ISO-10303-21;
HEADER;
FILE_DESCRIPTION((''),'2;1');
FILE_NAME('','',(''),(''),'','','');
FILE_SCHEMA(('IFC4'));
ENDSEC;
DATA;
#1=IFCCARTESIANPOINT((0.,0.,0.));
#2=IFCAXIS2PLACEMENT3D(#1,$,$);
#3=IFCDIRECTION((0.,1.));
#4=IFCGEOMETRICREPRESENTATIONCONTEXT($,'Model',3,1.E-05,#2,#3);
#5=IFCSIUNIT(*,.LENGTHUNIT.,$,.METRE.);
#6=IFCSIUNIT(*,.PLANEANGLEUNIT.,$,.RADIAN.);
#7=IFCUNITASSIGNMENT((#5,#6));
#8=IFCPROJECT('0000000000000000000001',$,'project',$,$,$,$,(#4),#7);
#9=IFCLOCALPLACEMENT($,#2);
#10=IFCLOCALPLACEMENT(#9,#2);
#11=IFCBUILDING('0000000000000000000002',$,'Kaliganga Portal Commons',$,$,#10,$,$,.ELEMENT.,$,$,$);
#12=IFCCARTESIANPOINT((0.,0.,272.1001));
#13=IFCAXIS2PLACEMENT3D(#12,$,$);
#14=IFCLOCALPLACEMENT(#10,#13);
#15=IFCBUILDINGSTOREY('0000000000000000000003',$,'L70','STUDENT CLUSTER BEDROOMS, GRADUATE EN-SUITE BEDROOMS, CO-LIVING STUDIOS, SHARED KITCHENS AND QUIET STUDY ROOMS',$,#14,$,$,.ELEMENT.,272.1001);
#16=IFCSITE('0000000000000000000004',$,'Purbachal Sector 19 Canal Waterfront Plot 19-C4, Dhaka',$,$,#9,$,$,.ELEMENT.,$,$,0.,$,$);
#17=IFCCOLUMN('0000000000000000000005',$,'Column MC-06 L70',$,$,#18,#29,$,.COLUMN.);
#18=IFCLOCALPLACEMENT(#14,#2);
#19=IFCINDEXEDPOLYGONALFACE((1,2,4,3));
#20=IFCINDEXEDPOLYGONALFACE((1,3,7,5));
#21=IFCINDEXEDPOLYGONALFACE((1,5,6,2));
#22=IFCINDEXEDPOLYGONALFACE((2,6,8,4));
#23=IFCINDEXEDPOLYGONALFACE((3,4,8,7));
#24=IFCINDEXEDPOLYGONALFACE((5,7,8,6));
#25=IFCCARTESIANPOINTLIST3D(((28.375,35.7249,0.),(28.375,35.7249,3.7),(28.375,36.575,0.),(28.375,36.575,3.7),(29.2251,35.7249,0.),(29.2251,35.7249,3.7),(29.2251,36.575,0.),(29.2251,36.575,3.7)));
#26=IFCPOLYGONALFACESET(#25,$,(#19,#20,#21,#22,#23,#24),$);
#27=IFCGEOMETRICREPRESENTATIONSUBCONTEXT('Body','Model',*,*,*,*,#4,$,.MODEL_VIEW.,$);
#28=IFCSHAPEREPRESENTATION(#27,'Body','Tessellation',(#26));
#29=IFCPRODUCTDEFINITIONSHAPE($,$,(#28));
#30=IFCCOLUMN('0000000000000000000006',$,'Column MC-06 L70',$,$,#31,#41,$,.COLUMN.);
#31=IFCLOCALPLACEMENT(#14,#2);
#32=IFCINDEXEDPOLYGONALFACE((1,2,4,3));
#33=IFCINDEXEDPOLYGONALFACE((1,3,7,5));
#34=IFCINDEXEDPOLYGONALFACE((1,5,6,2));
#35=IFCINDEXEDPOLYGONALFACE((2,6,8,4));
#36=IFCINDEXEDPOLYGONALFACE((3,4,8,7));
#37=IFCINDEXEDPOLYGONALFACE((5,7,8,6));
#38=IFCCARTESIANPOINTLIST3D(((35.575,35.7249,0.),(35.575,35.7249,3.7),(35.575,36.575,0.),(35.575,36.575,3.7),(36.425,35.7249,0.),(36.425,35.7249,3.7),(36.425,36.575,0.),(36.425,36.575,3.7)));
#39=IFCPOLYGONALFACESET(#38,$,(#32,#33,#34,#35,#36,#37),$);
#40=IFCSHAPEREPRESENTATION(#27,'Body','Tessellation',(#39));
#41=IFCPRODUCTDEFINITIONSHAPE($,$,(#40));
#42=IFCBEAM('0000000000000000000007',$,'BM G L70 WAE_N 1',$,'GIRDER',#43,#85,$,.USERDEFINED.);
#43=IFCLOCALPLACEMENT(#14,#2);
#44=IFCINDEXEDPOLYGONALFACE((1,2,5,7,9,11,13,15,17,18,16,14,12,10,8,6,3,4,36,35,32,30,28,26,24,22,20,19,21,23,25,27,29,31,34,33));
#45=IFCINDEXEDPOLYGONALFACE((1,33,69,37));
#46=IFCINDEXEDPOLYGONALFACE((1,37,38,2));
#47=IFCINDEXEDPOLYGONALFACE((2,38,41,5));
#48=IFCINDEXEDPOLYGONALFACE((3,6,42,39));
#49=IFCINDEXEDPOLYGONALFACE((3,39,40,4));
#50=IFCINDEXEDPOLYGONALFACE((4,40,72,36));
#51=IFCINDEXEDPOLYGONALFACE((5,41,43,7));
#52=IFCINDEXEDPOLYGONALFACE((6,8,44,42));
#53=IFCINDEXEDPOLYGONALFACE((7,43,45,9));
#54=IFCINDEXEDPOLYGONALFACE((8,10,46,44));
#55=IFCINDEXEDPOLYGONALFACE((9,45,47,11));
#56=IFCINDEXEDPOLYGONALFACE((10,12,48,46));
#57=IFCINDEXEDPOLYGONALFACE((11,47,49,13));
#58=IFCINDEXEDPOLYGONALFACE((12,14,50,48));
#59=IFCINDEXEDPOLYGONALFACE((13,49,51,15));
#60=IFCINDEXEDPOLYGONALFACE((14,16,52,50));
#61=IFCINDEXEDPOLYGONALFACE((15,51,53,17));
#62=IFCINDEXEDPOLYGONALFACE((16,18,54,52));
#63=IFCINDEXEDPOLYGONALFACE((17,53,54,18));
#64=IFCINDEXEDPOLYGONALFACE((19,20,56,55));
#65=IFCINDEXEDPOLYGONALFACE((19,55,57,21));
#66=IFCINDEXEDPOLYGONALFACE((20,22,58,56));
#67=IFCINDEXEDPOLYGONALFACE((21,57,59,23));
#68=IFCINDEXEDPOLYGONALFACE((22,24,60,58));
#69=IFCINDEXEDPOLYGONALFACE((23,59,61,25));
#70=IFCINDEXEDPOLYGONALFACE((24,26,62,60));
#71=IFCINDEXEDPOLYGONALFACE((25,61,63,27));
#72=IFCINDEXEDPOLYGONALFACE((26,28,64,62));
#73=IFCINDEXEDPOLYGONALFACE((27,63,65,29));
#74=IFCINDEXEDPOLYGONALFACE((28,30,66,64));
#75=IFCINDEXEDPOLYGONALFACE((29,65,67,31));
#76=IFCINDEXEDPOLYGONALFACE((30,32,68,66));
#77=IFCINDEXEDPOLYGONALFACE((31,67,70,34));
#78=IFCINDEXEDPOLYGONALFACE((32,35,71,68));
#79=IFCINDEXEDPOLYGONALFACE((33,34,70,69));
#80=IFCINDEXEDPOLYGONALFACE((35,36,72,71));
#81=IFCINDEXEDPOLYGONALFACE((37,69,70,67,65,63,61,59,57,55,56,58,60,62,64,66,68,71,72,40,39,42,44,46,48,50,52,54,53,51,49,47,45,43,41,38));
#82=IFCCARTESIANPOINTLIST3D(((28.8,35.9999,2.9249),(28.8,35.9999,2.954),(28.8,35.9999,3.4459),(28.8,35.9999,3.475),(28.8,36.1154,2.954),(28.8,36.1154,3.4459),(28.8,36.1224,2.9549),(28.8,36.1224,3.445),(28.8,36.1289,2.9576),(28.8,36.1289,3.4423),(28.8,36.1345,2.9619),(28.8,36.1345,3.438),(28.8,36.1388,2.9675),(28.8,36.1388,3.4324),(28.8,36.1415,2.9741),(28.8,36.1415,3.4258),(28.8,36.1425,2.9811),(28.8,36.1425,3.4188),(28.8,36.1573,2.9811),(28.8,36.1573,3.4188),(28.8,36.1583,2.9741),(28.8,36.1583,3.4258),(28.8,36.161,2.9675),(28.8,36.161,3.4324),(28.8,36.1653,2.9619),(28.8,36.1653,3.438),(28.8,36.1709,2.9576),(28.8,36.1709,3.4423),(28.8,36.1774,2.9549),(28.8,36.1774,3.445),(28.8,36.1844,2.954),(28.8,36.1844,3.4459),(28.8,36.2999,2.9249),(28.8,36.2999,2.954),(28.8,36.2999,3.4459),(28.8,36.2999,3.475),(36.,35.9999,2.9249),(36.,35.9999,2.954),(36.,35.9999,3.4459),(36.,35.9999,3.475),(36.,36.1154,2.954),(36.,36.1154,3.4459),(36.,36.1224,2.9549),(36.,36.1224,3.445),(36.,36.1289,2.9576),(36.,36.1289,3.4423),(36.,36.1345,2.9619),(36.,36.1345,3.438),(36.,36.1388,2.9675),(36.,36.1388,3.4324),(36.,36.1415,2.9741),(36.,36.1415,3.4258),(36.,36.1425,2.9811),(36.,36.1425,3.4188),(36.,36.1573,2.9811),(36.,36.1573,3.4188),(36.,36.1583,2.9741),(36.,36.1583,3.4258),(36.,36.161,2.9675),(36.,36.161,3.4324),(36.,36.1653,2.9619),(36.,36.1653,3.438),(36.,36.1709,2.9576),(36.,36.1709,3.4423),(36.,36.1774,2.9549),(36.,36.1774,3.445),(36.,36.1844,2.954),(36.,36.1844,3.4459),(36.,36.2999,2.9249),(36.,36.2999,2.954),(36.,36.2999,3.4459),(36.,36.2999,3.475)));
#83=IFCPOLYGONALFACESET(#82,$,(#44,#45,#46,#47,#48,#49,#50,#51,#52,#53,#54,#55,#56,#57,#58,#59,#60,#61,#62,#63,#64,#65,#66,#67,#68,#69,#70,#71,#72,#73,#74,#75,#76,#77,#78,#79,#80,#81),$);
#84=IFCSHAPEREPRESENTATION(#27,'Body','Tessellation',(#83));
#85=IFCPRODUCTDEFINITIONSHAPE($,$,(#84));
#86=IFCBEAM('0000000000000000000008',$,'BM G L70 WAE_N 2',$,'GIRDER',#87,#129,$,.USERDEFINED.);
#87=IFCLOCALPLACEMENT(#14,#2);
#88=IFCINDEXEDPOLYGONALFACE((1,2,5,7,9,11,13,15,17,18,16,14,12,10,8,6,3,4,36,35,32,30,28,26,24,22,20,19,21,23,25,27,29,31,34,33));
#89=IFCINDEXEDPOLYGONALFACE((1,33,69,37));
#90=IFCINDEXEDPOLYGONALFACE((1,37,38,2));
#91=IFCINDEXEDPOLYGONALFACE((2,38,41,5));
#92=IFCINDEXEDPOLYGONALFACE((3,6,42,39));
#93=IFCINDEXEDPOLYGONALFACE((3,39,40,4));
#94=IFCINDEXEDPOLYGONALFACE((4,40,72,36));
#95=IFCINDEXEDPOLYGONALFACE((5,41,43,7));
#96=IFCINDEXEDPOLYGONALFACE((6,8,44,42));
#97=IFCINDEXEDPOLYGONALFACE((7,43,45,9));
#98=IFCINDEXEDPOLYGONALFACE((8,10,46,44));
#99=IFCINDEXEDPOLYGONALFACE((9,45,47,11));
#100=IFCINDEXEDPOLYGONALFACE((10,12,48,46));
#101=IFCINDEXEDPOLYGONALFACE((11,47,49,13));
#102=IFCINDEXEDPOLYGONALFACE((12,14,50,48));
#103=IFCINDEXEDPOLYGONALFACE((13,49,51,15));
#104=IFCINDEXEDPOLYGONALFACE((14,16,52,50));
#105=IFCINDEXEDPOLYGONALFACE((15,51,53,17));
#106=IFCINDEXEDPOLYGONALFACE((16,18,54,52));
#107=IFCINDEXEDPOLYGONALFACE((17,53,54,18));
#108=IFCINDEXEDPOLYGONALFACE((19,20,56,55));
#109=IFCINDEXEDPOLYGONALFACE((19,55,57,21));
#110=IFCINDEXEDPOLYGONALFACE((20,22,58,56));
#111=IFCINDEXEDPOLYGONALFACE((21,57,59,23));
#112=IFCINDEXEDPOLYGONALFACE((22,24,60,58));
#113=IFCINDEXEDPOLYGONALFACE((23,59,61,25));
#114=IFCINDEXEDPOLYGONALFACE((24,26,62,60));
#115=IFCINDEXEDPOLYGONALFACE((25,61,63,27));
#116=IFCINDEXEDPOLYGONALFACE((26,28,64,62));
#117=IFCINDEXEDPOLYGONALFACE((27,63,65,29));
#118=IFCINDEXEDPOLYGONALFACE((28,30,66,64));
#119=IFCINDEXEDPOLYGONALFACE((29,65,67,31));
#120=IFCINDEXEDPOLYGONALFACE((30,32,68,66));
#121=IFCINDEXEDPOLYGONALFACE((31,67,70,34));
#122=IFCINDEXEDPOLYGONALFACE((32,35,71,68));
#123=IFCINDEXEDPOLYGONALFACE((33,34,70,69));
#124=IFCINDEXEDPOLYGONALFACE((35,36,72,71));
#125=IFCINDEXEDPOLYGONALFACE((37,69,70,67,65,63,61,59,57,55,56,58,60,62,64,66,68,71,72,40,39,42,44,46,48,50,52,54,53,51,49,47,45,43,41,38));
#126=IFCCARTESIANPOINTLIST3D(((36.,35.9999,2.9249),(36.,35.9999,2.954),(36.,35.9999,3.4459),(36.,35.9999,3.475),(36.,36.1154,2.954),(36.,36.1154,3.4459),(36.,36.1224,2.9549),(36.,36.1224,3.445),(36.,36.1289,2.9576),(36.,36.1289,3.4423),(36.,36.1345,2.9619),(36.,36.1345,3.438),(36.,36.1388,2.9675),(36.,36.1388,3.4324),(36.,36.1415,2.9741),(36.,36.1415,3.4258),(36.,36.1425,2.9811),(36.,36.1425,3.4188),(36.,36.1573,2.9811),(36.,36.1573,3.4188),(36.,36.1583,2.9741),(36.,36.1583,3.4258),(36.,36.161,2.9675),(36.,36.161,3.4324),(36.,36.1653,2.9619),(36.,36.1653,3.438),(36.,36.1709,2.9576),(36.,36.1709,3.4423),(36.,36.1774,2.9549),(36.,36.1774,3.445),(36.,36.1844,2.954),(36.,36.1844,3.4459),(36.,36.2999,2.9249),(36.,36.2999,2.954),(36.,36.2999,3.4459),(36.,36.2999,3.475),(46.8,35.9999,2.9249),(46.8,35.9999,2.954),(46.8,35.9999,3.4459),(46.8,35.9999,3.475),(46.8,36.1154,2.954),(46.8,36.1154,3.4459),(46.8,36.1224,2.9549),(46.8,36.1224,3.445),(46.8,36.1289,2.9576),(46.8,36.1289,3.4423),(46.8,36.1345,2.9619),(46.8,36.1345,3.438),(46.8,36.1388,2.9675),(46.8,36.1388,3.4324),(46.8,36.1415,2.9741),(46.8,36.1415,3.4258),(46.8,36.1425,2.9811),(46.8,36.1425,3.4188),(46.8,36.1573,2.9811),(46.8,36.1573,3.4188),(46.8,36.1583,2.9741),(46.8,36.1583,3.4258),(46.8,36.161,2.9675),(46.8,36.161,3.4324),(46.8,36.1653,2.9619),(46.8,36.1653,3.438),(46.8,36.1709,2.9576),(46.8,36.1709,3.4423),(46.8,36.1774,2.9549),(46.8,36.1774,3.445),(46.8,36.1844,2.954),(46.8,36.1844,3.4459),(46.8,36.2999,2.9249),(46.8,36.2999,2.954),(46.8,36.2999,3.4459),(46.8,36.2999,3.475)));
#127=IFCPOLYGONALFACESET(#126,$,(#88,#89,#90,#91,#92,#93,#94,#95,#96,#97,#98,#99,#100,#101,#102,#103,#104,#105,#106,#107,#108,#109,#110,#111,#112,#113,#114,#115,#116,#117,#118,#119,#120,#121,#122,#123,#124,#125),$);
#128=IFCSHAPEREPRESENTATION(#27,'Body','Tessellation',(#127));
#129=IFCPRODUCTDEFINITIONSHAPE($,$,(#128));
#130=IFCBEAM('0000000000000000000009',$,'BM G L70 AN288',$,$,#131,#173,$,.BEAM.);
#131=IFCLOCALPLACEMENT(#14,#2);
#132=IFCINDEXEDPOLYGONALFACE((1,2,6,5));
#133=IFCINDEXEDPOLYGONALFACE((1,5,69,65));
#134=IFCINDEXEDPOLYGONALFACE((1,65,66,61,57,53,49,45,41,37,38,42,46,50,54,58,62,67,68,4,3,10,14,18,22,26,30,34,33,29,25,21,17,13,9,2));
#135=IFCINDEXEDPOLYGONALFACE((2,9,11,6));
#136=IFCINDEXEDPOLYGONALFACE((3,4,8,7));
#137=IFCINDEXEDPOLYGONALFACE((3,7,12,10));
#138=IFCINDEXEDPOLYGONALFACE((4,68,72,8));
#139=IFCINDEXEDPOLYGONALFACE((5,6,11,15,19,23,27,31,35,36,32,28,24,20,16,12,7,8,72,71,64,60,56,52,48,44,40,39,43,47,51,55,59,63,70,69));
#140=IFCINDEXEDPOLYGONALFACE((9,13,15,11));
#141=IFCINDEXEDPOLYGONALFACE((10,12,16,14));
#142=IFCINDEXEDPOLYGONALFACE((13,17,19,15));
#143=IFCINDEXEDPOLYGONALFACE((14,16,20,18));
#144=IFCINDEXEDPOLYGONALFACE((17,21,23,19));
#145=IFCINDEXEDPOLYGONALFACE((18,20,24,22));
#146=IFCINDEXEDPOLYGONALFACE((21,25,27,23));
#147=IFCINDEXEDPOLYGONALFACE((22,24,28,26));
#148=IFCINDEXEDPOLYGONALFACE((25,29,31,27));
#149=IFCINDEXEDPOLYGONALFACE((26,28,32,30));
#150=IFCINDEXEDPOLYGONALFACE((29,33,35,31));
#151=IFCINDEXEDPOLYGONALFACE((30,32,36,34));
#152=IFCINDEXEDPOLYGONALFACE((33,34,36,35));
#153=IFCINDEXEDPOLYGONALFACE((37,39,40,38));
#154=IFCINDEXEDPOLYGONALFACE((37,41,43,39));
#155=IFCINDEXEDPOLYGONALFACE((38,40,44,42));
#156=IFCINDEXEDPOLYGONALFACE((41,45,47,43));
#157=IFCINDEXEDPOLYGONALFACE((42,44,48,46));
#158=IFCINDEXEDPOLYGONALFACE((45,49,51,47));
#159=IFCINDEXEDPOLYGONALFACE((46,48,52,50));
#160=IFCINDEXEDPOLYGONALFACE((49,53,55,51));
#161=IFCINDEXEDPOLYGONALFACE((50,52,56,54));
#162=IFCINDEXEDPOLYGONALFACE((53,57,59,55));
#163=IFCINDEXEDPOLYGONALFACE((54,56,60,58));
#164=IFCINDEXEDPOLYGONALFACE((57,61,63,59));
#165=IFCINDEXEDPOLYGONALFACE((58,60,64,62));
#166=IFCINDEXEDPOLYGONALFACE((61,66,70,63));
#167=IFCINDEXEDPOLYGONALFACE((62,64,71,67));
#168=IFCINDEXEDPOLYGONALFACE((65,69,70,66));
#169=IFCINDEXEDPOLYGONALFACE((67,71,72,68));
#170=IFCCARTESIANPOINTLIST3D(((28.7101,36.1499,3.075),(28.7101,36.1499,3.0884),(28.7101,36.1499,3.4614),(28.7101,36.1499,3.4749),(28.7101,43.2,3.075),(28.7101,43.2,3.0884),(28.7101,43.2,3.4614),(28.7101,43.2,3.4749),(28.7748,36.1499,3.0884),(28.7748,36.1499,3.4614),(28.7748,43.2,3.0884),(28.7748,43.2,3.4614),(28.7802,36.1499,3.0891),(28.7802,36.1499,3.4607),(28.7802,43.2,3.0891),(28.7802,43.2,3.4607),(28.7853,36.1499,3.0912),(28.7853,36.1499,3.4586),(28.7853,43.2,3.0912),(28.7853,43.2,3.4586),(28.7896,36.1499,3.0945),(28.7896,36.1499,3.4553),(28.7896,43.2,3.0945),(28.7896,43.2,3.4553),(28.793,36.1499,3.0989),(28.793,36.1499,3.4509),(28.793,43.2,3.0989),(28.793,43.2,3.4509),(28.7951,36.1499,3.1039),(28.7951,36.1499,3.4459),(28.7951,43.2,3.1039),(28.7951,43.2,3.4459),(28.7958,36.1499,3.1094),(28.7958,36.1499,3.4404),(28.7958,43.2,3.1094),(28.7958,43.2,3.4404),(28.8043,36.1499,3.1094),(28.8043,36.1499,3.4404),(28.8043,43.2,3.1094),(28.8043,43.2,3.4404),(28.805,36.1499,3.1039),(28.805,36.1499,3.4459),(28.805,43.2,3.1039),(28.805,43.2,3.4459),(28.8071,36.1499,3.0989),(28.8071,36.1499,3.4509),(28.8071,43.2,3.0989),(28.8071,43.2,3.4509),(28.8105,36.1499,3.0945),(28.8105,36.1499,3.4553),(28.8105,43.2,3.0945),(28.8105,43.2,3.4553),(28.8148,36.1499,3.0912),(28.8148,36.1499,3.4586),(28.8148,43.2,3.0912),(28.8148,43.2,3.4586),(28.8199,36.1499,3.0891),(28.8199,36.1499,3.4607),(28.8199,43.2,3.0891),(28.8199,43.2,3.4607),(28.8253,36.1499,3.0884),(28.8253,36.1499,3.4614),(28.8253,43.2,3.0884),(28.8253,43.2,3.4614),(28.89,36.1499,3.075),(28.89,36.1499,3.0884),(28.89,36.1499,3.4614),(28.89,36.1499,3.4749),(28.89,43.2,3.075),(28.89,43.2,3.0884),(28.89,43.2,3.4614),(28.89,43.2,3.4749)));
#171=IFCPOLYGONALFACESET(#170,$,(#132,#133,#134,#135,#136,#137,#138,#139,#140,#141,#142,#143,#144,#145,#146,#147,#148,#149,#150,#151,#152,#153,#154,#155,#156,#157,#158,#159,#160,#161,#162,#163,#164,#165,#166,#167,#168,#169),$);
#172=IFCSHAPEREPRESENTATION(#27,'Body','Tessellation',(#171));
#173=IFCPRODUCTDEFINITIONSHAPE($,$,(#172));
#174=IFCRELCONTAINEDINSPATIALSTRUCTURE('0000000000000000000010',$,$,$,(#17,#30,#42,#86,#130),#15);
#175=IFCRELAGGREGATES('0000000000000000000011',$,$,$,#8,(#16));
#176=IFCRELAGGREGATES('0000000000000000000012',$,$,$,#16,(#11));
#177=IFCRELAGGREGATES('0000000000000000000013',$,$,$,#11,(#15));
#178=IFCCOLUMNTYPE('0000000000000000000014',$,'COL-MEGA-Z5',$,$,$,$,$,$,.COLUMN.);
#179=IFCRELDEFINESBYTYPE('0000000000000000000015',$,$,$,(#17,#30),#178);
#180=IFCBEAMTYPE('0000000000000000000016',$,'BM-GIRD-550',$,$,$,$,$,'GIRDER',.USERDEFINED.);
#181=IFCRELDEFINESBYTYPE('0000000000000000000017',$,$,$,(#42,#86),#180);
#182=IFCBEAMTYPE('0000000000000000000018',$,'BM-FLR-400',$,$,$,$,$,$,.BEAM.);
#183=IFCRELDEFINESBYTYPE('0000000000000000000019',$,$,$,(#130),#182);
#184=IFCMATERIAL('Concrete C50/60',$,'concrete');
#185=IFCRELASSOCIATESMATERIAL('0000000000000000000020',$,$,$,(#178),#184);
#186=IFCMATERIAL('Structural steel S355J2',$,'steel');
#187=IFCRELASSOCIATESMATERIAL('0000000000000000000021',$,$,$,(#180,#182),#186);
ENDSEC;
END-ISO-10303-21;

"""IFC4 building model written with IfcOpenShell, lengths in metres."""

from ifc_helpers import new_model, si_unit, direction, frame, origin, origin_2d, place, context, subcontext, project, spatial, rectangle, i_section, extrude, source, transform, mapped, material, material_profile, profile_set, type_object, element, save


model = new_model("IFC4")

# Units and contexts
model_context = context("Model", 3, precision=1e-05, world=origin(), true_north=direction((0.0, 1.0)))
body_context = subcontext(model_context, "Body", "Model", "MODEL_VIEW")
ifc_project = project(units=[si_unit("LENGTHUNIT", "METRE"), si_unit("PLANEANGLEUNIT", "RADIAN")], contexts=[model_context])

# Site, building, storey
site_placement = place(None, origin())
site = spatial("IfcSite", under=ifc_project, at=site_placement, Name="Purbachal Sector 19 Canal Waterfront Plot 19-C4, Dhaka", CompositionType="ELEMENT", RefElevation=0.0)
building_placement = place(site_placement, origin())
building = spatial("IfcBuilding", under=site, at=building_placement, Name="Kaliganga Portal Commons", CompositionType="ELEMENT")
storey_placement = place(building_placement, frame((0.0, 0.0, 272.1001)))
storey = spatial("IfcBuildingStorey", under=building, at=storey_placement, Name="L70", Description="STUDENT CLUSTER BEDROOMS, GRADUATE EN-SUITE BEDROOMS, CO-LIVING STUDIOS, SHARED KITCHENS AND QUIET STUDY ROOMS", CompositionType="ELEMENT", Elevation=272.1001)

# Columns
ifc_material_1 = material(Name="Concrete C50/60", Category="concrete")
ifc_material_profile_1 = material_profile(ifc_material_1, rectangle(XDim=0.8501, YDim=0.8501, at=origin_2d()), Name="RC 850x850")
ifc_profile_set_1 = profile_set([ifc_material_profile_1], Name="Concrete C50/60")
column_type = type_object("IfcColumnType", Name="COL-MEGA-Z5", PredefinedType="COLUMN", material=ifc_profile_set_1)
shared_shape_1 = source(origin(), body_context, "Body", "SweptSolid", [
    extrude(rectangle(XDim=0.8501, YDim=0.8501, at=origin_2d()), origin(), (0.0, 0.0, 1.0), 3.7),
])
for number, where, z_axis, x_axis, name in (
    (1, (28.8, 36.1499, 0.0), (0.0, 0.0, 1.0), (1.0, 0.0, 0.0), "Column MC-06 L70"),
    (2, (36.0, 36.1499, 0.0), (0.0, 0.0, 1.0), (1.0, 0.0, 0.0), "Column MC-06 L70"),
):
    element("IfcColumn", number, at=place(storey_placement, frame(where, z_axis=z_axis, x_axis=x_axis)), inside=storey, type_object=column_type, Name=name, PredefinedType="COLUMN", context=body_context, shape_type="MappedRepresentation", body=[
        mapped(shared_shape_1, transform((0.0, 0.0, 0.0), x_axis=(1.0, 0.0, 0.0), y_axis=(0.0, 1.0, 0.0), z_axis=(0.0, 0.0, 1.0), scale=1.0)),
    ])

# Beams
ifc_material_2 = material(Name="Structural steel S355J2", Category="steel")
ifc_material_profile_2 = material_profile(ifc_material_2, i_section(OverallWidth=0.3, OverallDepth=0.55, WebThickness=0.0149, FlangeThickness=0.0291, FilletRadius=0.0271, at=origin_2d()), Name="HE 550 B")
ifc_profile_set_2 = profile_set([ifc_material_profile_2], Name="Structural steel S355J2 wide-flange")
beam_type_1 = type_object("IfcBeamType", Name="BM-GIRD-550", ElementType="GIRDER", PredefinedType="USERDEFINED", material=ifc_profile_set_2)
shared_shape_2 = source(origin(), body_context, "Body", "SweptSolid", [
    extrude(i_section(OverallWidth=0.3, OverallDepth=0.55, WebThickness=0.0149, FlangeThickness=0.0291, FilletRadius=0.0271, at=origin_2d()), origin(), (0.0, 0.0, 1.0), 7.2),
])
beam_1_placement = place(storey_placement, frame((28.8, 36.1499, 3.2), z_axis=(1.0, 0.0, 0.0), x_axis=(0.0, 1.0, 0.0)))
element("IfcBeam", 3, at=beam_1_placement, inside=storey, type_object=beam_type_1, Name="BM G L70 WAE_N 1", ObjectType="GIRDER", PredefinedType="USERDEFINED", context=body_context, shape_type="MappedRepresentation", body=[
    mapped(shared_shape_2, transform((0.0, 0.0, 0.0), x_axis=(1.0, 0.0, 0.0), y_axis=(0.0, 1.0, 0.0), z_axis=(0.0, 0.0, 1.0), scale=1.0)),
])
shared_shape_3 = source(origin(), body_context, "Body", "SweptSolid", [
    extrude(i_section(OverallWidth=0.3, OverallDepth=0.55, WebThickness=0.0149, FlangeThickness=0.0291, FilletRadius=0.0271, at=origin_2d()), origin(), (0.0, 0.0, 1.0), 10.8),
])
beam_2_placement = place(storey_placement, frame((36.0, 36.1499, 3.2), z_axis=(1.0, 0.0, 0.0), x_axis=(0.0, 1.0, 0.0)))
element("IfcBeam", 4, at=beam_2_placement, inside=storey, type_object=beam_type_1, Name="BM G L70 WAE_N 2", ObjectType="GIRDER", PredefinedType="USERDEFINED", context=body_context, shape_type="MappedRepresentation", body=[
    mapped(shared_shape_3, transform((0.0, 0.0, 0.0), x_axis=(1.0, 0.0, 0.0), y_axis=(0.0, 1.0, 0.0), z_axis=(0.0, 0.0, 1.0), scale=1.0)),
])
ifc_material_profile_3 = material_profile(ifc_material_2, i_section(OverallWidth=0.1799, OverallDepth=0.3999, WebThickness=0.0085, FlangeThickness=0.0134, FilletRadius=0.021, at=origin_2d()), Name="IPE 400")
ifc_profile_set_3 = profile_set([ifc_material_profile_3], Name="Structural steel S355J2 wide-flange")
beam_type_2 = type_object("IfcBeamType", Name="BM-FLR-400", PredefinedType="BEAM", material=ifc_profile_set_3)
shared_shape_4 = source(origin(), body_context, "Body", "SweptSolid", [
    extrude(i_section(OverallWidth=0.1799, OverallDepth=0.3999, WebThickness=0.0085, FlangeThickness=0.0134, FilletRadius=0.021, at=origin_2d()), origin(), (0.0, 0.0, 1.0), 7.05),
])
beam_3_placement = place(storey_placement, frame((28.8, 36.1499, 3.2749), z_axis=(0.0, 1.0, 0.0), x_axis=(-1.0, 0.0, 0.0)))
element("IfcBeam", 5, at=beam_3_placement, inside=storey, type_object=beam_type_2, Name="BM G L70 AN288", PredefinedType="BEAM", context=body_context, shape_type="MappedRepresentation", body=[
    mapped(shared_shape_4, transform((0.0, 0.0, 0.0), x_axis=(1.0, 0.0, 0.0), y_axis=(0.0, 1.0, 0.0), z_axis=(0.0, 0.0, 1.0), scale=1.0)),
])

save(model, "model.ifc")
